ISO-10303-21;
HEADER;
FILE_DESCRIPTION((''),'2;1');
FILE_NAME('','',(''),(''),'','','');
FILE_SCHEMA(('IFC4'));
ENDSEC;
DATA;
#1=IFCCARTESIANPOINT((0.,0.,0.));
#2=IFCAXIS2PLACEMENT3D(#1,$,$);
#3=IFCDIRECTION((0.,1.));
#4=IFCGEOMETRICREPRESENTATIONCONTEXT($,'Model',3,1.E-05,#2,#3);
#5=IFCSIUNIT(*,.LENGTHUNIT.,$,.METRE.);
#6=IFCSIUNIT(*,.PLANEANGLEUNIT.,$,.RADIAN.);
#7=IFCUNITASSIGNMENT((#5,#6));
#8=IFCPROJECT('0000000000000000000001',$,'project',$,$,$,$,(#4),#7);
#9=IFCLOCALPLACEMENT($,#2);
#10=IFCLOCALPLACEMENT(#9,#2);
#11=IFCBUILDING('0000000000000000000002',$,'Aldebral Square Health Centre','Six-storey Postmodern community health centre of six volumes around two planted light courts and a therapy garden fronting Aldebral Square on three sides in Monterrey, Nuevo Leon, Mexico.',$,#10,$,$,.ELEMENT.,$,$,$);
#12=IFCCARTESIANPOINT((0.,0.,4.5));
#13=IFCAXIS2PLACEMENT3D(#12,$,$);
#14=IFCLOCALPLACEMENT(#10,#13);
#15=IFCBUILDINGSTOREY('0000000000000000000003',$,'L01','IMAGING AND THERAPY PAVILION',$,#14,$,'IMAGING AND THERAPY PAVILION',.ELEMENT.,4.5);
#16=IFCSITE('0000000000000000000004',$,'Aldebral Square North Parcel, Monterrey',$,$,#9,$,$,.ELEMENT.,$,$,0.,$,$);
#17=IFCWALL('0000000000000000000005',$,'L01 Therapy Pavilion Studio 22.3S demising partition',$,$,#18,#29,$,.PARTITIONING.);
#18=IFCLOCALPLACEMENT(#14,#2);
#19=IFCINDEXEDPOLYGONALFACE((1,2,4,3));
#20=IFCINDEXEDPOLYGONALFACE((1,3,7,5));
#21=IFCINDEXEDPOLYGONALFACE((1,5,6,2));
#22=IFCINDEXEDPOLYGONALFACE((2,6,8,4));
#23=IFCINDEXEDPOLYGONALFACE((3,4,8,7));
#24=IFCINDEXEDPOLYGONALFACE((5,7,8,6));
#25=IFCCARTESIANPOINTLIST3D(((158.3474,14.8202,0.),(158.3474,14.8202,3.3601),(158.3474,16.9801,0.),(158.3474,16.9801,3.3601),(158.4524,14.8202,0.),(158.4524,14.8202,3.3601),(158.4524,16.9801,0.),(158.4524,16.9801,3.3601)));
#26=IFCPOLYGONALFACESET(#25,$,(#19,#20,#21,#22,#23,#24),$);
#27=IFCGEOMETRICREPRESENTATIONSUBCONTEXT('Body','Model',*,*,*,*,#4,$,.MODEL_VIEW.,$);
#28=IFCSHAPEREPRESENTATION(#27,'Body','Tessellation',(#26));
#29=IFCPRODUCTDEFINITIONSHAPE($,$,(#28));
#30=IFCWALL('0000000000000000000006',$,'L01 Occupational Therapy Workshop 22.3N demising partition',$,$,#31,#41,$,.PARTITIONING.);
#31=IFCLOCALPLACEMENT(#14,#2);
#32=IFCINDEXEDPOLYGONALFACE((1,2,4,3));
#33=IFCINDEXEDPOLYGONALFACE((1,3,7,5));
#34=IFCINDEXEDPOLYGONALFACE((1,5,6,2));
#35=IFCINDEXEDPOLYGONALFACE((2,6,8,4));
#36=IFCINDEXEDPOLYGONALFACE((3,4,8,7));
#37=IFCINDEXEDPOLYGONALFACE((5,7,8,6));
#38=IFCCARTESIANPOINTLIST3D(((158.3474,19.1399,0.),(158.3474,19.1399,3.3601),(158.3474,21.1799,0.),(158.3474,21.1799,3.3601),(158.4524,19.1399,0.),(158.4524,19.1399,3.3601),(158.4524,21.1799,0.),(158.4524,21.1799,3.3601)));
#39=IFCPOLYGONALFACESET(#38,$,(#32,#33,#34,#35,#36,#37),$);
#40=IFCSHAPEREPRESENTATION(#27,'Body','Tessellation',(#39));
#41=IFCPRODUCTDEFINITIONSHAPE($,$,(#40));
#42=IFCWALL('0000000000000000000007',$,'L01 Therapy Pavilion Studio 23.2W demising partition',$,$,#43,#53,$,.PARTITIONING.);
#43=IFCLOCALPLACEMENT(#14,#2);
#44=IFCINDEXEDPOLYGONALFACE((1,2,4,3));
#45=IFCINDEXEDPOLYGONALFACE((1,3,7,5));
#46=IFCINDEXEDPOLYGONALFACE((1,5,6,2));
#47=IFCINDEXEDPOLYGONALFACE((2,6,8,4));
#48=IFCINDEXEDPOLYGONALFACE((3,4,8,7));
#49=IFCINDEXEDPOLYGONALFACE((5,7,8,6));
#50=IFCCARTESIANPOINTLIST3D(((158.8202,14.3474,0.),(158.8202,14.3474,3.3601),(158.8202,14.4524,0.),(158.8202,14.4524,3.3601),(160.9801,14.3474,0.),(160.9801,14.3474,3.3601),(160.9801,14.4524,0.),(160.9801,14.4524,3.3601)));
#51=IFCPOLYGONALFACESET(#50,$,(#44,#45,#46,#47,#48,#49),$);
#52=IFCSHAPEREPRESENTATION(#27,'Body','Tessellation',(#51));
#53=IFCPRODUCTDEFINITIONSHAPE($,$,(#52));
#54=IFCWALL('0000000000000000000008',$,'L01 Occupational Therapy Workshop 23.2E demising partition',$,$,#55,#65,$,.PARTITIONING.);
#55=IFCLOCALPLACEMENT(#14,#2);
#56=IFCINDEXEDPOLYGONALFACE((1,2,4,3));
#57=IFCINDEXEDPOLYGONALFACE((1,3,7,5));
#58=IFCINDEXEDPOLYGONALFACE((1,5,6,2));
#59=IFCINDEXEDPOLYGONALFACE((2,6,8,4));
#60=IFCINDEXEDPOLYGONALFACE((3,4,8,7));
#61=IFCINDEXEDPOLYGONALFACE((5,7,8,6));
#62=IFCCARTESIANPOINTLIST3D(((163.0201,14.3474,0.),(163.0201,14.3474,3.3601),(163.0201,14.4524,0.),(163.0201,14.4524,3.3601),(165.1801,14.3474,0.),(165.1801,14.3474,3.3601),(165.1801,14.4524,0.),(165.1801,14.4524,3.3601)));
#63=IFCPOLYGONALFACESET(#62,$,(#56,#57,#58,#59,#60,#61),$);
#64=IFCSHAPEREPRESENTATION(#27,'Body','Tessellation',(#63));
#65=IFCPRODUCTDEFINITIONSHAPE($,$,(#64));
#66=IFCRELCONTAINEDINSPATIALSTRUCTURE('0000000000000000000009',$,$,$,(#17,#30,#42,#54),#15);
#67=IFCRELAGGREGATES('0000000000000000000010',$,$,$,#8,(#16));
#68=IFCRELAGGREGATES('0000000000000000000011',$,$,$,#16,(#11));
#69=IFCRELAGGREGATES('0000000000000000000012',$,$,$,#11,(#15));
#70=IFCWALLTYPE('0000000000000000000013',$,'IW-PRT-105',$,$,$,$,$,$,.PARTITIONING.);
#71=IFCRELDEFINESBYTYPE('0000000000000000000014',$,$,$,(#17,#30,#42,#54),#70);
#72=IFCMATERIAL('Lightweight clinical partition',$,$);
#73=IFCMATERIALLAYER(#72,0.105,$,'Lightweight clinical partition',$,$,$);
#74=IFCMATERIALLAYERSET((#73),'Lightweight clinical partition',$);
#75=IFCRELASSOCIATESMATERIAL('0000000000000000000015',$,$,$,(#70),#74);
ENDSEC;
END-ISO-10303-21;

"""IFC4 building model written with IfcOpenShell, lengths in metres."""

from ifc_helpers import new_model, si_unit, direction, frame, frame_2d, origin, place, context, subcontext, project, spatial, rectangle, extrude, material, layer, layer_set, type_object, element, save


model = new_model("IFC4")

# Units and contexts
model_context = context("Model", 3, precision=1e-05, world=origin(), true_north=direction((0.0, 1.0)))
body_context = subcontext(model_context, "Body", "Model", "MODEL_VIEW")
ifc_project = project(units=[si_unit("LENGTHUNIT", "METRE"), si_unit("PLANEANGLEUNIT", "RADIAN")], contexts=[model_context])

# Site, building, storey
site_placement = place(None, origin())
site = spatial("IfcSite", under=ifc_project, at=site_placement, Name="Aldebral Square North Parcel, Monterrey", CompositionType="ELEMENT", RefElevation=0.0)
building_placement = place(site_placement, origin())
building = spatial("IfcBuilding", under=site, at=building_placement, Name="Aldebral Square Health Centre", Description="Six-storey Postmodern community health centre of six volumes around two planted light courts and a therapy garden fronting Aldebral Square on three sides in Monterrey, Nuevo Leon, Mexico.", CompositionType="ELEMENT")
storey_placement = place(building_placement, frame((0.0, 0.0, 4.5)))
storey = spatial("IfcBuildingStorey", under=building, at=storey_placement, Name="L01", Description="IMAGING AND THERAPY PAVILION", LongName="IMAGING AND THERAPY PAVILION", CompositionType="ELEMENT", Elevation=4.5)

# Walls
ifc_material_1 = material(Name="Lightweight clinical partition")
ifc_layer_1 = layer(ifc_material_1, 0.105, Name="Lightweight clinical partition")
ifc_layer_set_1 = layer_set([ifc_layer_1], Name="Lightweight clinical partition")
wall_type_1 = type_object("IfcWallType", Name="IW-PRT-105", PredefinedType="PARTITIONING", material=ifc_layer_set_1)
wall_1_placement = place(storey_placement, frame((158.3999, 14.8201, 0.0), z_axis=(0.0, 0.0, 1.0), x_axis=(0.0, 1.0, 0.0)))
element("IfcWall", 1, at=wall_1_placement, inside=storey, type_object=wall_type_1, Name="L01 Therapy Pavilion Studio 22.3S demising partition", PredefinedType="PARTITIONING", context=body_context, shape_type="SweptSolid", body=[
    extrude(rectangle(XDim=2.1599, YDim=0.105, at=frame_2d((1.0801, 0.0))), origin(), (0.0, 0.0, 1.0), 3.3601),
])
wall_2_placement = place(storey_placement, frame((158.3999, 19.1399, 0.0), z_axis=(0.0, 0.0, 1.0), x_axis=(0.0, 1.0, 0.0)))
element("IfcWall", 2, at=wall_2_placement, inside=storey, type_object=wall_type_1, Name="L01 Occupational Therapy Workshop 22.3N demising partition", PredefinedType="PARTITIONING", context=body_context, shape_type="SweptSolid", body=[
    extrude(rectangle(XDim=2.04, YDim=0.105, at=frame_2d((1.02, 0.0))), origin(), (0.0, 0.0, 1.0), 3.3601),
])
for number, where, z_axis, x_axis, name in (
    (3, (158.8201, 14.3999, 0.0), (0.0, 0.0, 1.0), (1.0, 0.0, 0.0), "L01 Therapy Pavilion Studio 23.2W demising partition"),
    (4, (163.02, 14.3999, 0.0), (0.0, 0.0, 1.0), (1.0, 0.0, 0.0), "L01 Occupational Therapy Workshop 23.2E demising partition"),
):
    element("IfcWall", number, at=place(storey_placement, frame(where, z_axis=z_axis, x_axis=x_axis)), inside=storey, type_object=wall_type_1, Name=name, PredefinedType="PARTITIONING", context=body_context, shape_type="SweptSolid", body=[
        extrude(rectangle(XDim=2.1599, YDim=0.105, at=frame_2d((1.0801, 0.0))), origin(), (0.0, 0.0, 1.0), 3.3601),
    ])

save(model, "model.ifc")
